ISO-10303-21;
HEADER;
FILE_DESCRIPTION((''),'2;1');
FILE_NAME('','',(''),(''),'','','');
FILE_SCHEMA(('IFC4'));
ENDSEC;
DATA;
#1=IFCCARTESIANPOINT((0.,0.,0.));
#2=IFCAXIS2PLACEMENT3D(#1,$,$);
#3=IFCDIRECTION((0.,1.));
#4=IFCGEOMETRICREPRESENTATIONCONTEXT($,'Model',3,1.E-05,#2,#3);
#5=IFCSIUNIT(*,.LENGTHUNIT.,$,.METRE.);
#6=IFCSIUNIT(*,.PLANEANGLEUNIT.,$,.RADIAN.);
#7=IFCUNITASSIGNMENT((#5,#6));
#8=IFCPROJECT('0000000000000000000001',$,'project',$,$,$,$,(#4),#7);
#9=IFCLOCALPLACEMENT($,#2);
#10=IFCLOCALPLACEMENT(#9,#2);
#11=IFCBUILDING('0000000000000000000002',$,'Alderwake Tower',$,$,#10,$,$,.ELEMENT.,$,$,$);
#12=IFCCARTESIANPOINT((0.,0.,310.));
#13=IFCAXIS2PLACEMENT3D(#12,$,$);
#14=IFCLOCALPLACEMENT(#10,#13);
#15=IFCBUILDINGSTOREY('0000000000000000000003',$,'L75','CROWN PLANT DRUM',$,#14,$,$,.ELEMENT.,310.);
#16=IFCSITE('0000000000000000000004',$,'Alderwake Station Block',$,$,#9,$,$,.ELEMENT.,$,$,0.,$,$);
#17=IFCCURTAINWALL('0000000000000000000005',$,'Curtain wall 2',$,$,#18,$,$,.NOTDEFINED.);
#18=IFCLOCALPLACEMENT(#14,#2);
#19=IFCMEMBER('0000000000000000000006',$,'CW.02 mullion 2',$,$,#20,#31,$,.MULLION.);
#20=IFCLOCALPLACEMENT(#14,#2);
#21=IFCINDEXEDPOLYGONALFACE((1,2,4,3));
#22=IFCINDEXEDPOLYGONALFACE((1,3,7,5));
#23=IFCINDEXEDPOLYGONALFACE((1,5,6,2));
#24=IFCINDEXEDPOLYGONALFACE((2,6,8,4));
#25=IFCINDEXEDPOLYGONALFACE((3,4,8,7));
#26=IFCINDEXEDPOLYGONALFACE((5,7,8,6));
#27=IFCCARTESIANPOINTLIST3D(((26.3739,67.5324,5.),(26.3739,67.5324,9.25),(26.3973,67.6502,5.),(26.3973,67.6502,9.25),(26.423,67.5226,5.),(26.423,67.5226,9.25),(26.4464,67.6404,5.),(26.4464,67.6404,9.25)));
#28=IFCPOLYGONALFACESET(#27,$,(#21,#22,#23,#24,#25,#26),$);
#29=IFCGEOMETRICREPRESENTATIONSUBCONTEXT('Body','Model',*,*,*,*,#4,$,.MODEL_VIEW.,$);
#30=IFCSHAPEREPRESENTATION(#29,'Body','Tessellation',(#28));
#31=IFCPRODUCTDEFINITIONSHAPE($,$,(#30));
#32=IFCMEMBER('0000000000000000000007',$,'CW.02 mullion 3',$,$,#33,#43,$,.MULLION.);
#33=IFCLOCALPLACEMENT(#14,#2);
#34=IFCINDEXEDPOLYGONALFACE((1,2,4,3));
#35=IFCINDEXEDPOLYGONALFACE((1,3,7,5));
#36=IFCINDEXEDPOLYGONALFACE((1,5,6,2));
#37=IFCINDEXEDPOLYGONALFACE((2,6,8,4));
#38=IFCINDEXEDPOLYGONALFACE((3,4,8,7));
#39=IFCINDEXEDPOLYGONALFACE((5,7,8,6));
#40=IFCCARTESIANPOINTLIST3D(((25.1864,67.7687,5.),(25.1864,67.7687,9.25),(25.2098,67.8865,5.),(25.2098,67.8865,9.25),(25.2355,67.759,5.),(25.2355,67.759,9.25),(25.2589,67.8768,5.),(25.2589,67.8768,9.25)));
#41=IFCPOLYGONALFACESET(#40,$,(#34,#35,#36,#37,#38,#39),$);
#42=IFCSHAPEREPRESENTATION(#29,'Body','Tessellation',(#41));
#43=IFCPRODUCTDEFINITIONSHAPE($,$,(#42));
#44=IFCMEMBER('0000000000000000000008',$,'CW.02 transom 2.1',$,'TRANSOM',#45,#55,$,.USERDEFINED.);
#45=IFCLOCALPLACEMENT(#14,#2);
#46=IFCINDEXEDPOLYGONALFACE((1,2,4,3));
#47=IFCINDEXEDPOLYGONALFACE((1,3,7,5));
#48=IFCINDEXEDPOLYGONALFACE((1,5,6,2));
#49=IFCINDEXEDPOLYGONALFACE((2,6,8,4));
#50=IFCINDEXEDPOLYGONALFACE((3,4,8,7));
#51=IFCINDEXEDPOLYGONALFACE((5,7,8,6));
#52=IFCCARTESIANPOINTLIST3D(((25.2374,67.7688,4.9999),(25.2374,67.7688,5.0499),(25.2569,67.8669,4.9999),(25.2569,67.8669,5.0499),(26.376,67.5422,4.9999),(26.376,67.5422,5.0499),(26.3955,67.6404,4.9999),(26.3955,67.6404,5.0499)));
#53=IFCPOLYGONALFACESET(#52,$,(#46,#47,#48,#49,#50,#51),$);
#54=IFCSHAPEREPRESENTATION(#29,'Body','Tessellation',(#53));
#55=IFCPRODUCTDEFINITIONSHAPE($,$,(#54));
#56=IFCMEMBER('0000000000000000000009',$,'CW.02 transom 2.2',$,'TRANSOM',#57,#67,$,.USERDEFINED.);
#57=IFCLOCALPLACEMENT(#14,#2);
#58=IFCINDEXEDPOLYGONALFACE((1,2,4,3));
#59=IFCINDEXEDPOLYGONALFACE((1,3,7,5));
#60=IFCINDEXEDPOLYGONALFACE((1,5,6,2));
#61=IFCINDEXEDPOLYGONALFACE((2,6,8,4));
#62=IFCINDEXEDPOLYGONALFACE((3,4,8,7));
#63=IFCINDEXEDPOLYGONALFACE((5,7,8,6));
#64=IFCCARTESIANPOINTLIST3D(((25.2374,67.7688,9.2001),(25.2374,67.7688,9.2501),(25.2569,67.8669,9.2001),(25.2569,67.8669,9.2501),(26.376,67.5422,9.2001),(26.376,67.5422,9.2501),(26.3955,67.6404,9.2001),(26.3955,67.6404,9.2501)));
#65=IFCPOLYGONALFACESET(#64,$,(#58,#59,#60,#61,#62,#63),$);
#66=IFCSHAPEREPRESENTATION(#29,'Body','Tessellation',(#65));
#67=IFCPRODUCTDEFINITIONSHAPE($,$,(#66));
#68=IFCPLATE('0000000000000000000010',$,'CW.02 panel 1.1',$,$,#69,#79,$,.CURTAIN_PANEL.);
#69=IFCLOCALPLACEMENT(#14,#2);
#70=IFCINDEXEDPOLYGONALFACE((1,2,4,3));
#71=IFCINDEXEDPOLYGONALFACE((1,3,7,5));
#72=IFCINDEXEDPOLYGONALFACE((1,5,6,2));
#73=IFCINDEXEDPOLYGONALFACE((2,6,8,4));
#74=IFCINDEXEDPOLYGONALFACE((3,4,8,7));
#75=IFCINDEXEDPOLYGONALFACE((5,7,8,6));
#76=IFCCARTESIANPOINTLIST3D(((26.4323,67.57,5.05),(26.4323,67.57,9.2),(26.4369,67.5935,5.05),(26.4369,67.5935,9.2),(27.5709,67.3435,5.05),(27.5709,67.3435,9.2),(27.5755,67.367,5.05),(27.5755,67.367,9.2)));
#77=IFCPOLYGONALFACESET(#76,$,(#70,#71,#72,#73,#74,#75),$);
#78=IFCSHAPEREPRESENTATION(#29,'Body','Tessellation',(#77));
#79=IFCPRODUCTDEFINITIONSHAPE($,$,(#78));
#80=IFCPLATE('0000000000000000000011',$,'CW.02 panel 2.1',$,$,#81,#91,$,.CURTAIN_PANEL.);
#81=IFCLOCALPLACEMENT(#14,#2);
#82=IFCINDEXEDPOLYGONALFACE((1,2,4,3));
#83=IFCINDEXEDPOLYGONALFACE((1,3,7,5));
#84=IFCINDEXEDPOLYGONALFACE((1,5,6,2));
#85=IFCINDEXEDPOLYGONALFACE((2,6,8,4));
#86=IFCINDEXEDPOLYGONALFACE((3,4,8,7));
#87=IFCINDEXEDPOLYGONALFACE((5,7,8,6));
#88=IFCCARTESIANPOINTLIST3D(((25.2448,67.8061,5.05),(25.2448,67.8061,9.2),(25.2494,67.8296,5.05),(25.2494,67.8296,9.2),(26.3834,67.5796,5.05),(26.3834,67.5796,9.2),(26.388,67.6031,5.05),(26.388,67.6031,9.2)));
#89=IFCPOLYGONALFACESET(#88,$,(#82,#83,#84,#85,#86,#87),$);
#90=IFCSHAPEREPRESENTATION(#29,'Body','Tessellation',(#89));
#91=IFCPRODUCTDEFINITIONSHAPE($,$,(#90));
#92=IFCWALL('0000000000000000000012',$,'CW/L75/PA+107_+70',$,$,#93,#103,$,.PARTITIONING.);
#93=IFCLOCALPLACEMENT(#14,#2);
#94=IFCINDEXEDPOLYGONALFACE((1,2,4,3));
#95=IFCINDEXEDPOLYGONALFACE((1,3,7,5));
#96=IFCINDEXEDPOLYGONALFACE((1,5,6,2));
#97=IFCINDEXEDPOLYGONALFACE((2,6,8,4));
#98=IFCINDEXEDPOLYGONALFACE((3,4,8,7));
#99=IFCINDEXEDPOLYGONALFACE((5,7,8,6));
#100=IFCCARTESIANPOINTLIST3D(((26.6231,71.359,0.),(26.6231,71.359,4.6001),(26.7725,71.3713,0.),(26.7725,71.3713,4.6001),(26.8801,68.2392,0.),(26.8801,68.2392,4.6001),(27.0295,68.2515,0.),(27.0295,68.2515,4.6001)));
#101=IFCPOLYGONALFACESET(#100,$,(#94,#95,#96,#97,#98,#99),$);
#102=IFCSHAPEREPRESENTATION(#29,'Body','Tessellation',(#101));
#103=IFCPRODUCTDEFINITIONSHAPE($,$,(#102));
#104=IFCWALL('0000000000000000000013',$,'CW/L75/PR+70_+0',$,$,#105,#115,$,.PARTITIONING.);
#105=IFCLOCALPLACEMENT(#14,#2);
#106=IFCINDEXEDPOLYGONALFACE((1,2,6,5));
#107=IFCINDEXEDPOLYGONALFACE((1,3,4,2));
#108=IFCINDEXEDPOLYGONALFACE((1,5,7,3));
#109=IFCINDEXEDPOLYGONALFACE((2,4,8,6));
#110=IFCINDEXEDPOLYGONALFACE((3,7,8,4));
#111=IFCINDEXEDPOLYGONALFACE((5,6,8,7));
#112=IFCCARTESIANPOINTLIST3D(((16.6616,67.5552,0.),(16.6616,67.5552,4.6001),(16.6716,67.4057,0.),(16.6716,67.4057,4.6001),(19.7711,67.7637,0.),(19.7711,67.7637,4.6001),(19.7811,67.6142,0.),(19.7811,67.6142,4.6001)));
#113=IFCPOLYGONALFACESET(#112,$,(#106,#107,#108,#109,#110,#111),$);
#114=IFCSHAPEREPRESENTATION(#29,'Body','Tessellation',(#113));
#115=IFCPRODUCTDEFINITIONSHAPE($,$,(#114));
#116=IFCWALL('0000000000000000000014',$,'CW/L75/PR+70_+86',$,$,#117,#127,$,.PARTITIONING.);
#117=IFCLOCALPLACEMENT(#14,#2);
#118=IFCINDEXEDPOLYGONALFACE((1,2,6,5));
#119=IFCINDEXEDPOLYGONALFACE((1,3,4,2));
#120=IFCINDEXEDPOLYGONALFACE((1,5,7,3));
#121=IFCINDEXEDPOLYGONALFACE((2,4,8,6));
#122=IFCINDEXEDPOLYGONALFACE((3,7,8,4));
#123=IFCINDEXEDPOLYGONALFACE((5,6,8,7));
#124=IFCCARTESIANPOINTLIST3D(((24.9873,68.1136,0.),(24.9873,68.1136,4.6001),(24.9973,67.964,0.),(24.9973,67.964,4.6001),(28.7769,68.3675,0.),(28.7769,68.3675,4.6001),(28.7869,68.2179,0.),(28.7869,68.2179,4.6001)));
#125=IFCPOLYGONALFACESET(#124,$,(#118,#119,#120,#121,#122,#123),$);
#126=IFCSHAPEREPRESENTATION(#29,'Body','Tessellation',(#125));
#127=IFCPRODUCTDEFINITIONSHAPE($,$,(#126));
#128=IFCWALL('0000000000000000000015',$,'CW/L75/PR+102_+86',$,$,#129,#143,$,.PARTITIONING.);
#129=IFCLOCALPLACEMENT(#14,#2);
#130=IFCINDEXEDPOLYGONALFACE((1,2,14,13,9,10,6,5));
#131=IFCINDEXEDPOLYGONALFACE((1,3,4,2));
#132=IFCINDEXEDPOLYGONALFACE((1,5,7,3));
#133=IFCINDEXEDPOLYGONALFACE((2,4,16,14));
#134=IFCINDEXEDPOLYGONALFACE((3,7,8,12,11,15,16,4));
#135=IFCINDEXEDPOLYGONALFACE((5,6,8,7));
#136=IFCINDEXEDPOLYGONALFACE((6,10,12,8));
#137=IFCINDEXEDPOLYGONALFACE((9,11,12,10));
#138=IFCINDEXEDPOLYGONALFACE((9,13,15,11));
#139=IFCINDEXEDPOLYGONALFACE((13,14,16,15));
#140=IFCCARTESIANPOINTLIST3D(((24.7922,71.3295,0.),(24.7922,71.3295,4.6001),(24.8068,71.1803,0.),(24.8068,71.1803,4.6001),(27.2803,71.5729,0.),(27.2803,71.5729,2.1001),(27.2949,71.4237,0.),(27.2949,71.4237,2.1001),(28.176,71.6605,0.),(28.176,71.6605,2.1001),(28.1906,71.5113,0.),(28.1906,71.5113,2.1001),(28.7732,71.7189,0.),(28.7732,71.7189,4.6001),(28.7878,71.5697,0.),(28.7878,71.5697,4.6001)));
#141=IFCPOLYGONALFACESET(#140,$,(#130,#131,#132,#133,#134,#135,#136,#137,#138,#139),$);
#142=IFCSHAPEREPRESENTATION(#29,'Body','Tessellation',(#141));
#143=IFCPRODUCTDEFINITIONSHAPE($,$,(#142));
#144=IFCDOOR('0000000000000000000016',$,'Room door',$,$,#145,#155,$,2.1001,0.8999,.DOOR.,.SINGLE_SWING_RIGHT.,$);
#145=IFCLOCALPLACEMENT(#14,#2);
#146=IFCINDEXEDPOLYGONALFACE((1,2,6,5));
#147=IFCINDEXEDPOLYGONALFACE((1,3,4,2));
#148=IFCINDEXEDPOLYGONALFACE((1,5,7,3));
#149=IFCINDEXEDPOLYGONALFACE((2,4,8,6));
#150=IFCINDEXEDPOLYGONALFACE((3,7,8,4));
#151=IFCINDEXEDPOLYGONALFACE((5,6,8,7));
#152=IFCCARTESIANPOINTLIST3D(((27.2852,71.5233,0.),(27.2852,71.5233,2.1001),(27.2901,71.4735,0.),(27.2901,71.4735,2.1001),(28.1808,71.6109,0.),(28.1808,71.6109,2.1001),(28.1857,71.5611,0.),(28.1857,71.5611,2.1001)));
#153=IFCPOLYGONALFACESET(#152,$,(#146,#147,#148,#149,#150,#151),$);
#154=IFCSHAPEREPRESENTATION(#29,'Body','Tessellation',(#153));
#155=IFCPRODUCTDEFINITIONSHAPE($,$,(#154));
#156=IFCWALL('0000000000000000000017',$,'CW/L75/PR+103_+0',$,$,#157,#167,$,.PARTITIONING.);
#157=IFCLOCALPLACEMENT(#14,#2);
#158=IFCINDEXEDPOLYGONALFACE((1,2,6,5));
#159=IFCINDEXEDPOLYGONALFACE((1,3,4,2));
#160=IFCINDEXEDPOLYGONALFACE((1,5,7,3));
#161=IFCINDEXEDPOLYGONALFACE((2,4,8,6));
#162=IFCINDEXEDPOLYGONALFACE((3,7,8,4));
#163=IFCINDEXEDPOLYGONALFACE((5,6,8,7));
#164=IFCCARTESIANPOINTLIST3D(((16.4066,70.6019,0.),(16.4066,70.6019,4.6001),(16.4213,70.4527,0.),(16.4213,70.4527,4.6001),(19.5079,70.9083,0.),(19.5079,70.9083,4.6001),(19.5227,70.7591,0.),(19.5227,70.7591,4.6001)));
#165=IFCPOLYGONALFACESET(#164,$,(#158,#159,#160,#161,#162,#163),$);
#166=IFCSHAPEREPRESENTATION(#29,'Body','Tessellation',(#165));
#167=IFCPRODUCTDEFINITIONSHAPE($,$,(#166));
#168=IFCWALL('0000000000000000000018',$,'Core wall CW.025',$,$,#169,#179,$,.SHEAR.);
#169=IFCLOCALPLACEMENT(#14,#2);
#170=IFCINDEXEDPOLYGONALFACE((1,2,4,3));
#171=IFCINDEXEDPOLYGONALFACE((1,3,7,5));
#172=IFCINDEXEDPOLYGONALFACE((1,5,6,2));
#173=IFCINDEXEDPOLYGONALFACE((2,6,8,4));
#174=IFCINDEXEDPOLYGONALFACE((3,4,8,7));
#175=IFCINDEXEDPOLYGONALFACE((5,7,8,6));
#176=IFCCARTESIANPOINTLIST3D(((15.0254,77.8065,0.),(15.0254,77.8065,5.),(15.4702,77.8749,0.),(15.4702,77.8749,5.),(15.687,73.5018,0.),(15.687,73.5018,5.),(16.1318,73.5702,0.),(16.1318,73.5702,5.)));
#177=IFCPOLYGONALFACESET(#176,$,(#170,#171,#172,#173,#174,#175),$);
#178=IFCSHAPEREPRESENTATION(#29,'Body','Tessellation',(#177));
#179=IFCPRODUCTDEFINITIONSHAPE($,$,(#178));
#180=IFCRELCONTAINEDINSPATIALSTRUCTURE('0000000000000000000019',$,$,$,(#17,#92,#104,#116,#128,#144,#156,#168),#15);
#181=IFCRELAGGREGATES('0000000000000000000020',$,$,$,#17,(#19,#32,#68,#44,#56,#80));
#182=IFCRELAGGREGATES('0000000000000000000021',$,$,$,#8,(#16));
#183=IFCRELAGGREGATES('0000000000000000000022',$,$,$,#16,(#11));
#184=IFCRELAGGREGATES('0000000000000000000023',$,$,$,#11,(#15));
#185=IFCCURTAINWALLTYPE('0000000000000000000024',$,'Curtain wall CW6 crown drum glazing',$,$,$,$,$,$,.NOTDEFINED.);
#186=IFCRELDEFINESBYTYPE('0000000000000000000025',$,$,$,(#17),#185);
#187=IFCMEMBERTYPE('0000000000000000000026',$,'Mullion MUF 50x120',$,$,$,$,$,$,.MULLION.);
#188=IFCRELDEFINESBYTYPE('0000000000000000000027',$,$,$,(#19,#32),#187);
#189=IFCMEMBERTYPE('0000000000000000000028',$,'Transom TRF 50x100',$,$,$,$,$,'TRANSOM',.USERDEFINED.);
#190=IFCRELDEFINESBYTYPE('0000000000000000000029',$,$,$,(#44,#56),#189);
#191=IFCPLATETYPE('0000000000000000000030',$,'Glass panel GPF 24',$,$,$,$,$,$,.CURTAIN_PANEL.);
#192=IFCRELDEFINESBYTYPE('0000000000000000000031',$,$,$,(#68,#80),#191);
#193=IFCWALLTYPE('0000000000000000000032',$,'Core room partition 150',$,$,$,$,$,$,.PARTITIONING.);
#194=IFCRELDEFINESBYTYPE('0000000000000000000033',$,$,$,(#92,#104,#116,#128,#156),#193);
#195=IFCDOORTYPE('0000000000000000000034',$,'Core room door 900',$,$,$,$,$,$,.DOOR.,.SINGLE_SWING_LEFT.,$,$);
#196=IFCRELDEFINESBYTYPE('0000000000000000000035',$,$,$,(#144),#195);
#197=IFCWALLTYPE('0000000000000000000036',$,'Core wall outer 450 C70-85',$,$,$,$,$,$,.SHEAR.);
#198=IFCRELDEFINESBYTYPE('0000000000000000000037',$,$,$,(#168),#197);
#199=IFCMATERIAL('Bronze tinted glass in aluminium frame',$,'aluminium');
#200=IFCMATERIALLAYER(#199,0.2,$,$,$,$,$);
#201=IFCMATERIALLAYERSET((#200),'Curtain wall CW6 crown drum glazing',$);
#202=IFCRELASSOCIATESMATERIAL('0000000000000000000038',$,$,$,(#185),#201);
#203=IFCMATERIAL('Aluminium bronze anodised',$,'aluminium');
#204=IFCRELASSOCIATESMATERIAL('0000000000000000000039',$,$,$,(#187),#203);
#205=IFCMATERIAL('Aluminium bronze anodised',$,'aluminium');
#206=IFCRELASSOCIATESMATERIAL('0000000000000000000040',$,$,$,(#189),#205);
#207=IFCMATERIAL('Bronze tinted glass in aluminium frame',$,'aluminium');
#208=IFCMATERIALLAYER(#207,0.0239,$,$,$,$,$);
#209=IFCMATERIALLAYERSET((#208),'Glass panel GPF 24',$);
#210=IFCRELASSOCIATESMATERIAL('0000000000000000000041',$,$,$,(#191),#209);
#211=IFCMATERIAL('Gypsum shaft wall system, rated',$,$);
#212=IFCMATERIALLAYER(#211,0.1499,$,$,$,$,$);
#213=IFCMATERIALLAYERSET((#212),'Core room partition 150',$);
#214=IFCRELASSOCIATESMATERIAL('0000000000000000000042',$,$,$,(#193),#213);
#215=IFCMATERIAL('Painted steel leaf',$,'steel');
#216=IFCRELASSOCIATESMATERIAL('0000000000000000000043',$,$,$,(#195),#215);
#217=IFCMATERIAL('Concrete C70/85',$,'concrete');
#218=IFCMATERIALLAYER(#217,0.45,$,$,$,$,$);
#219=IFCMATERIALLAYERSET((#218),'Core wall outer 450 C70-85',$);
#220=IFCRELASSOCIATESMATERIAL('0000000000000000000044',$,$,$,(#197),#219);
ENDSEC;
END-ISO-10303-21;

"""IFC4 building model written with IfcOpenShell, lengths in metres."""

from ifc_helpers import new_model, si_unit, direction, frame, frame_2d, origin, origin_2d, place, context, subcontext, project, spatial, rectangle, extrude, material, layer, layer_set, material_profile, profile_set, type_object, element, fill, aggregate, save


model = new_model("IFC4")

# Units and contexts
model_context = context("Model", 3, precision=1e-05, world=origin(), true_north=direction((0.0, 1.0)))
body_context = subcontext(model_context, "Body", "Model", "MODEL_VIEW")
ifc_project = project(units=[si_unit("LENGTHUNIT", "METRE"), si_unit("PLANEANGLEUNIT", "RADIAN")], contexts=[model_context])

# Site, building, storey
site_placement = place(None, origin())
site = spatial("IfcSite", under=ifc_project, at=site_placement, Name="Alderwake Station Block", CompositionType="ELEMENT", RefElevation=0.0)
building_placement = place(site_placement, origin())
building = spatial("IfcBuilding", under=site, at=building_placement, Name="Alderwake Tower", CompositionType="ELEMENT")
storey_placement = place(building_placement, frame((0.0, 0.0, 310.0)))
storey = spatial("IfcBuildingStorey", under=building, at=storey_placement, Name="L75", Description="CROWN PLANT DRUM", CompositionType="ELEMENT", Elevation=310.0)

# Curtain wall, members, plates
ifc_material_1 = material(Name="Bronze tinted glass in aluminium frame", Category="aluminium")
ifc_layer_1 = layer(ifc_material_1, 0.2)
ifc_layer_set_1 = layer_set([ifc_layer_1], Name="Curtain wall CW6 crown drum glazing")
curtain_wall_type = type_object("IfcCurtainWallType", Name="Curtain wall CW6 crown drum glazing", PredefinedType="NOTDEFINED", material=ifc_layer_set_1)
curtain_wall_placement = place(storey_placement, origin())
curtain_wall = element("IfcCurtainWall", 1, at=curtain_wall_placement, inside=storey, type_object=curtain_wall_type, Name="Curtain wall 2", PredefinedType="NOTDEFINED")
ifc_material_2 = material(Name="Aluminium bronze anodised", Category="aluminium")
ifc_material_profile_1 = material_profile(ifc_material_2, rectangle(XDim=0.1201, YDim=0.05, at=origin_2d()), Name="Mullion MUF 50x120")
ifc_profile_set_1 = profile_set([ifc_material_profile_1], Name="Aluminium bronze anodised")
member_type_1 = type_object("IfcMemberType", Name="Mullion MUF 50x120", PredefinedType="MULLION", material=ifc_profile_set_1)
member_1_placement = place(storey_placement, frame((26.4102, 67.5864, 5.0), z_axis=(0.0, 0.0, 1.0), x_axis=(-0.195097, -0.980784, 0.0)))
member_1 = element("IfcMember", 2, at=member_1_placement, type_object=member_type_1, Name="CW.02 mullion 2", PredefinedType="MULLION", context=body_context, shape_type="SweptSolid", body=[
    extrude(rectangle(XDim=0.1201, YDim=0.05, at=origin_2d()), origin(), (0.0, 0.0, 1.0), 4.25),
])
member_2_placement = place(storey_placement, frame((25.2227, 67.8228, 5.0), z_axis=(0.0, 0.0, 1.0), x_axis=(-0.195097, -0.980784, 0.0)))
member_2 = element("IfcMember", 3, at=member_2_placement, type_object=member_type_1, Name="CW.02 mullion 3", PredefinedType="MULLION", context=body_context, shape_type="SweptSolid", body=[
    extrude(rectangle(XDim=0.1201, YDim=0.05, at=origin_2d()), origin(), (0.0, 0.0, 1.0), 4.25),
])
ifc_material_3 = material(Name="Aluminium bronze anodised", Category="aluminium")
ifc_material_profile_2 = material_profile(ifc_material_3, rectangle(XDim=0.1001, YDim=0.05, at=origin_2d()), Name="Transom TRF 50x100")
ifc_profile_set_2 = profile_set([ifc_material_profile_2], Name="Aluminium bronze anodised")
member_type_2 = type_object("IfcMemberType", Name="Transom TRF 50x100", ElementType="TRANSOM", PredefinedType="USERDEFINED", material=ifc_profile_set_2)
member_3_placement = place(storey_placement, frame((26.3857, 67.5913, 5.0249), z_axis=(-0.980774, 0.195145, 0.0), x_axis=(-0.195145, -0.980774, 0.0)))
member_3 = element("IfcMember", 4, at=member_3_placement, type_object=member_type_2, Name="CW.02 transom 2.1", ObjectType="TRANSOM", PredefinedType="USERDEFINED", context=body_context, shape_type="SweptSolid", body=[
    extrude(rectangle(XDim=0.1001, YDim=0.05, at=origin_2d()), origin(), (0.0, 0.0, 1.0), 1.1609),
])
member_4_placement = place(storey_placement, frame((26.3857, 67.5913, 9.2251), z_axis=(-0.980774, 0.195145, 0.0), x_axis=(-0.195145, -0.980774, 0.0)))
member_4 = element("IfcMember", 5, at=member_4_placement, type_object=member_type_2, Name="CW.02 transom 2.2", ObjectType="TRANSOM", PredefinedType="USERDEFINED", context=body_context, shape_type="SweptSolid", body=[
    extrude(rectangle(XDim=0.1001, YDim=0.05, at=origin_2d()), origin(), (0.0, 0.0, 1.0), 1.1609),
])
ifc_material_4 = material(Name="Bronze tinted glass in aluminium frame", Category="aluminium")
ifc_layer_2 = layer(ifc_material_4, 0.0239)
ifc_layer_set_2 = layer_set([ifc_layer_2], Name="Glass panel GPF 24")
plate_type = type_object("IfcPlateType", Name="Glass panel GPF 24", PredefinedType="CURTAIN_PANEL", material=ifc_layer_set_2)
plate_1_placement = place(storey_placement, frame((27.0039, 67.4685, 5.05), z_axis=(0.0, 0.0, 1.0), x_axis=(-0.980784, 0.195097, 0.0)))
plate_1 = element("IfcPlate", 6, at=plate_1_placement, type_object=plate_type, Name="CW.02 panel 1.1", PredefinedType="CURTAIN_PANEL", context=body_context, shape_type="SweptSolid", body=[
    extrude(rectangle(XDim=1.1609, YDim=0.0239, at=origin_2d()), origin(), (0.0, 0.0, 1.0), 4.1499),
])
plate_2_placement = place(storey_placement, frame((25.8164, 67.7046, 5.05), z_axis=(0.0, 0.0, 1.0), x_axis=(-0.980784, 0.195097, 0.0)))
plate_2 = element("IfcPlate", 7, at=plate_2_placement, type_object=plate_type, Name="CW.02 panel 2.1", PredefinedType="CURTAIN_PANEL", context=body_context, shape_type="SweptSolid", body=[
    extrude(rectangle(XDim=1.1609, YDim=0.0239, at=origin_2d()), origin(), (0.0, 0.0, 1.0), 4.1499),
])
aggregate(curtain_wall, [member_1, member_2, plate_1, member_3, member_4, plate_2])

# Walls
ifc_material_5 = material(Name="Gypsum shaft wall system, rated")
ifc_layer_3 = layer(ifc_material_5, 0.1499)
ifc_layer_set_3 = layer_set([ifc_layer_3], Name="Core room partition 150")
wall_type_1 = type_object("IfcWallType", Name="Core room partition 150", PredefinedType="PARTITIONING", material=ifc_layer_set_3)
wall_1_placement = place(storey_placement, frame((26.9548, 68.2454, 0.0), z_axis=(0.0, 0.0, 1.0), x_axis=(-0.082122, 0.996622, 0.0)))
element("IfcWall", 8, at=wall_1_placement, inside=storey, type_object=wall_type_1, Name="CW/L75/PA+107_+70", PredefinedType="PARTITIONING", context=body_context, shape_type="SweptSolid", body=[
    extrude(rectangle(XDim=3.1304, YDim=0.1499, at=frame_2d((1.5652, 0.0))), origin(), (0.0, 0.0, 1.0), 4.6001),
])
wall_2_placement = place(storey_placement, frame((16.6667, 67.4805, 0.0), z_axis=(0.0, 0.0, 1.0), x_axis=(0.997759, 0.066904, 0.0)))
element("IfcWall", 9, at=wall_2_placement, inside=storey, type_object=wall_type_1, Name="CW/L75/PR+70_+0", PredefinedType="PARTITIONING", context=body_context, shape_type="SweptSolid", body=[
    extrude(rectangle(XDim=3.1165, YDim=0.1499, at=frame_2d((1.5581, 0.0))), origin(), (0.0, 0.0, 1.0), 4.6001),
])
wall_3_placement = place(storey_placement, frame((24.9924, 68.0388, 0.0), z_axis=(0.0, 0.0, 1.0), x_axis=(0.997763, 0.066852, 0.0)))
element("IfcWall", 10, at=wall_3_placement, inside=storey, type_object=wall_type_1, Name="CW/L75/PR+70_+86", PredefinedType="PARTITIONING", context=body_context, shape_type="SweptSolid", body=[
    extrude(rectangle(XDim=3.7981, YDim=0.1499, at=frame_2d((1.8989, 0.0))), origin(), (0.0, 0.0, 1.0), 4.6001),
])

# Wall, opening, door
wall_4_placement = place(storey_placement, frame((28.7805, 71.6443, 0.0), z_axis=(0.0, 0.0, 1.0), x_axis=(-0.99525, -0.097352, 0.0)))
wall_4 = element("IfcWall", 11, at=wall_4_placement, inside=storey, type_object=wall_type_1, Name="CW/L75/PR+102_+86", PredefinedType="PARTITIONING", context=body_context, shape_type="SweptSolid", body=[
    extrude(rectangle(XDim=4.0, YDim=0.1499, at=frame_2d((2.0, 0.0))), origin(), (0.0, 0.0, 1.0), 4.6001),
])
opening_1_placement = place(wall_4_placement, frame((0.6001, 0.0, 0.0)))
opening_1 = element("IfcOpeningElement", 12, at=opening_1_placement, cuts=wall_4, PredefinedType="OPENING", context=body_context, shape_type="SweptSolid", body=[
    extrude(rectangle(XDim=0.8999, YDim=2.1001, at=frame_2d((0.45, 1.05))), frame((0.0, 0.085, 0.0), z_axis=(0.0, -1.0, 0.0), x_axis=(1.0, 0.0, 0.0)), (0.0, 0.0, 1.0), 0.1699),
])
ifc_material_6 = material(Name="Painted steel leaf", Category="steel")
door_type = type_object("IfcDoorType", Name="Core room door 900", OperationType="SINGLE_SWING_LEFT", PredefinedType="DOOR", material=ifc_material_6)
door_placement = place(opening_1_placement, origin())
door = element("IfcDoor", 13, at=door_placement, inside=storey, type_object=door_type, Name="Room door", OperationType="SINGLE_SWING_RIGHT", OverallHeight=2.1001, OverallWidth=0.8999, PredefinedType="DOOR", context=body_context, shape_type="SweptSolid", body=[
    extrude(rectangle(XDim=0.8999, YDim=2.1001, at=frame_2d((0.45, 1.05))), frame((0.0, 0.0249, 0.0), z_axis=(0.0, -1.0, 0.0), x_axis=(1.0, 0.0, 0.0)), (0.0, 0.0, 1.0), 0.05),
])
fill(opening_1, door)

# Walls
wall_5_placement = place(storey_placement, frame((16.4141, 70.5273, 0.0), z_axis=(0.0, 0.0, 1.0), x_axis=(0.995155, 0.098317, 0.0)))
element("IfcWall", 14, at=wall_5_placement, inside=storey, type_object=wall_type_1, Name="CW/L75/PR+103_+0", PredefinedType="PARTITIONING", context=body_context, shape_type="SweptSolid", body=[
    extrude(rectangle(XDim=3.1165, YDim=0.1499, at=frame_2d((1.5581, 0.0))), origin(), (0.0, 0.0, 1.0), 4.6001),
])
ifc_material_7 = material(Name="Concrete C70/85", Category="concrete")
ifc_layer_4 = layer(ifc_material_7, 0.45)
ifc_layer_set_4 = layer_set([ifc_layer_4], Name="Core wall outer 450 C70-85")
wall_type_2 = type_object("IfcWallType", Name="Core wall outer 450 C70-85", PredefinedType="SHEAR", material=ifc_layer_set_4)
wall_6_placement = place(storey_placement, frame((15.9094, 73.5359, 0.0), z_axis=(0.0, 0.0, 1.0), x_axis=(-0.151914, 0.988394, 0.0)))
element("IfcWall", 15, at=wall_6_placement, inside=storey, type_object=wall_type_2, Name="Core wall CW.025", PredefinedType="SHEAR", context=body_context, shape_type="SweptSolid", body=[
    extrude(rectangle(XDim=4.3552, YDim=0.45, at=frame_2d((2.1777, 0.0))), origin(), (0.0, 0.0, 1.0), 5.0),
])

save(model, "model.ifc")
